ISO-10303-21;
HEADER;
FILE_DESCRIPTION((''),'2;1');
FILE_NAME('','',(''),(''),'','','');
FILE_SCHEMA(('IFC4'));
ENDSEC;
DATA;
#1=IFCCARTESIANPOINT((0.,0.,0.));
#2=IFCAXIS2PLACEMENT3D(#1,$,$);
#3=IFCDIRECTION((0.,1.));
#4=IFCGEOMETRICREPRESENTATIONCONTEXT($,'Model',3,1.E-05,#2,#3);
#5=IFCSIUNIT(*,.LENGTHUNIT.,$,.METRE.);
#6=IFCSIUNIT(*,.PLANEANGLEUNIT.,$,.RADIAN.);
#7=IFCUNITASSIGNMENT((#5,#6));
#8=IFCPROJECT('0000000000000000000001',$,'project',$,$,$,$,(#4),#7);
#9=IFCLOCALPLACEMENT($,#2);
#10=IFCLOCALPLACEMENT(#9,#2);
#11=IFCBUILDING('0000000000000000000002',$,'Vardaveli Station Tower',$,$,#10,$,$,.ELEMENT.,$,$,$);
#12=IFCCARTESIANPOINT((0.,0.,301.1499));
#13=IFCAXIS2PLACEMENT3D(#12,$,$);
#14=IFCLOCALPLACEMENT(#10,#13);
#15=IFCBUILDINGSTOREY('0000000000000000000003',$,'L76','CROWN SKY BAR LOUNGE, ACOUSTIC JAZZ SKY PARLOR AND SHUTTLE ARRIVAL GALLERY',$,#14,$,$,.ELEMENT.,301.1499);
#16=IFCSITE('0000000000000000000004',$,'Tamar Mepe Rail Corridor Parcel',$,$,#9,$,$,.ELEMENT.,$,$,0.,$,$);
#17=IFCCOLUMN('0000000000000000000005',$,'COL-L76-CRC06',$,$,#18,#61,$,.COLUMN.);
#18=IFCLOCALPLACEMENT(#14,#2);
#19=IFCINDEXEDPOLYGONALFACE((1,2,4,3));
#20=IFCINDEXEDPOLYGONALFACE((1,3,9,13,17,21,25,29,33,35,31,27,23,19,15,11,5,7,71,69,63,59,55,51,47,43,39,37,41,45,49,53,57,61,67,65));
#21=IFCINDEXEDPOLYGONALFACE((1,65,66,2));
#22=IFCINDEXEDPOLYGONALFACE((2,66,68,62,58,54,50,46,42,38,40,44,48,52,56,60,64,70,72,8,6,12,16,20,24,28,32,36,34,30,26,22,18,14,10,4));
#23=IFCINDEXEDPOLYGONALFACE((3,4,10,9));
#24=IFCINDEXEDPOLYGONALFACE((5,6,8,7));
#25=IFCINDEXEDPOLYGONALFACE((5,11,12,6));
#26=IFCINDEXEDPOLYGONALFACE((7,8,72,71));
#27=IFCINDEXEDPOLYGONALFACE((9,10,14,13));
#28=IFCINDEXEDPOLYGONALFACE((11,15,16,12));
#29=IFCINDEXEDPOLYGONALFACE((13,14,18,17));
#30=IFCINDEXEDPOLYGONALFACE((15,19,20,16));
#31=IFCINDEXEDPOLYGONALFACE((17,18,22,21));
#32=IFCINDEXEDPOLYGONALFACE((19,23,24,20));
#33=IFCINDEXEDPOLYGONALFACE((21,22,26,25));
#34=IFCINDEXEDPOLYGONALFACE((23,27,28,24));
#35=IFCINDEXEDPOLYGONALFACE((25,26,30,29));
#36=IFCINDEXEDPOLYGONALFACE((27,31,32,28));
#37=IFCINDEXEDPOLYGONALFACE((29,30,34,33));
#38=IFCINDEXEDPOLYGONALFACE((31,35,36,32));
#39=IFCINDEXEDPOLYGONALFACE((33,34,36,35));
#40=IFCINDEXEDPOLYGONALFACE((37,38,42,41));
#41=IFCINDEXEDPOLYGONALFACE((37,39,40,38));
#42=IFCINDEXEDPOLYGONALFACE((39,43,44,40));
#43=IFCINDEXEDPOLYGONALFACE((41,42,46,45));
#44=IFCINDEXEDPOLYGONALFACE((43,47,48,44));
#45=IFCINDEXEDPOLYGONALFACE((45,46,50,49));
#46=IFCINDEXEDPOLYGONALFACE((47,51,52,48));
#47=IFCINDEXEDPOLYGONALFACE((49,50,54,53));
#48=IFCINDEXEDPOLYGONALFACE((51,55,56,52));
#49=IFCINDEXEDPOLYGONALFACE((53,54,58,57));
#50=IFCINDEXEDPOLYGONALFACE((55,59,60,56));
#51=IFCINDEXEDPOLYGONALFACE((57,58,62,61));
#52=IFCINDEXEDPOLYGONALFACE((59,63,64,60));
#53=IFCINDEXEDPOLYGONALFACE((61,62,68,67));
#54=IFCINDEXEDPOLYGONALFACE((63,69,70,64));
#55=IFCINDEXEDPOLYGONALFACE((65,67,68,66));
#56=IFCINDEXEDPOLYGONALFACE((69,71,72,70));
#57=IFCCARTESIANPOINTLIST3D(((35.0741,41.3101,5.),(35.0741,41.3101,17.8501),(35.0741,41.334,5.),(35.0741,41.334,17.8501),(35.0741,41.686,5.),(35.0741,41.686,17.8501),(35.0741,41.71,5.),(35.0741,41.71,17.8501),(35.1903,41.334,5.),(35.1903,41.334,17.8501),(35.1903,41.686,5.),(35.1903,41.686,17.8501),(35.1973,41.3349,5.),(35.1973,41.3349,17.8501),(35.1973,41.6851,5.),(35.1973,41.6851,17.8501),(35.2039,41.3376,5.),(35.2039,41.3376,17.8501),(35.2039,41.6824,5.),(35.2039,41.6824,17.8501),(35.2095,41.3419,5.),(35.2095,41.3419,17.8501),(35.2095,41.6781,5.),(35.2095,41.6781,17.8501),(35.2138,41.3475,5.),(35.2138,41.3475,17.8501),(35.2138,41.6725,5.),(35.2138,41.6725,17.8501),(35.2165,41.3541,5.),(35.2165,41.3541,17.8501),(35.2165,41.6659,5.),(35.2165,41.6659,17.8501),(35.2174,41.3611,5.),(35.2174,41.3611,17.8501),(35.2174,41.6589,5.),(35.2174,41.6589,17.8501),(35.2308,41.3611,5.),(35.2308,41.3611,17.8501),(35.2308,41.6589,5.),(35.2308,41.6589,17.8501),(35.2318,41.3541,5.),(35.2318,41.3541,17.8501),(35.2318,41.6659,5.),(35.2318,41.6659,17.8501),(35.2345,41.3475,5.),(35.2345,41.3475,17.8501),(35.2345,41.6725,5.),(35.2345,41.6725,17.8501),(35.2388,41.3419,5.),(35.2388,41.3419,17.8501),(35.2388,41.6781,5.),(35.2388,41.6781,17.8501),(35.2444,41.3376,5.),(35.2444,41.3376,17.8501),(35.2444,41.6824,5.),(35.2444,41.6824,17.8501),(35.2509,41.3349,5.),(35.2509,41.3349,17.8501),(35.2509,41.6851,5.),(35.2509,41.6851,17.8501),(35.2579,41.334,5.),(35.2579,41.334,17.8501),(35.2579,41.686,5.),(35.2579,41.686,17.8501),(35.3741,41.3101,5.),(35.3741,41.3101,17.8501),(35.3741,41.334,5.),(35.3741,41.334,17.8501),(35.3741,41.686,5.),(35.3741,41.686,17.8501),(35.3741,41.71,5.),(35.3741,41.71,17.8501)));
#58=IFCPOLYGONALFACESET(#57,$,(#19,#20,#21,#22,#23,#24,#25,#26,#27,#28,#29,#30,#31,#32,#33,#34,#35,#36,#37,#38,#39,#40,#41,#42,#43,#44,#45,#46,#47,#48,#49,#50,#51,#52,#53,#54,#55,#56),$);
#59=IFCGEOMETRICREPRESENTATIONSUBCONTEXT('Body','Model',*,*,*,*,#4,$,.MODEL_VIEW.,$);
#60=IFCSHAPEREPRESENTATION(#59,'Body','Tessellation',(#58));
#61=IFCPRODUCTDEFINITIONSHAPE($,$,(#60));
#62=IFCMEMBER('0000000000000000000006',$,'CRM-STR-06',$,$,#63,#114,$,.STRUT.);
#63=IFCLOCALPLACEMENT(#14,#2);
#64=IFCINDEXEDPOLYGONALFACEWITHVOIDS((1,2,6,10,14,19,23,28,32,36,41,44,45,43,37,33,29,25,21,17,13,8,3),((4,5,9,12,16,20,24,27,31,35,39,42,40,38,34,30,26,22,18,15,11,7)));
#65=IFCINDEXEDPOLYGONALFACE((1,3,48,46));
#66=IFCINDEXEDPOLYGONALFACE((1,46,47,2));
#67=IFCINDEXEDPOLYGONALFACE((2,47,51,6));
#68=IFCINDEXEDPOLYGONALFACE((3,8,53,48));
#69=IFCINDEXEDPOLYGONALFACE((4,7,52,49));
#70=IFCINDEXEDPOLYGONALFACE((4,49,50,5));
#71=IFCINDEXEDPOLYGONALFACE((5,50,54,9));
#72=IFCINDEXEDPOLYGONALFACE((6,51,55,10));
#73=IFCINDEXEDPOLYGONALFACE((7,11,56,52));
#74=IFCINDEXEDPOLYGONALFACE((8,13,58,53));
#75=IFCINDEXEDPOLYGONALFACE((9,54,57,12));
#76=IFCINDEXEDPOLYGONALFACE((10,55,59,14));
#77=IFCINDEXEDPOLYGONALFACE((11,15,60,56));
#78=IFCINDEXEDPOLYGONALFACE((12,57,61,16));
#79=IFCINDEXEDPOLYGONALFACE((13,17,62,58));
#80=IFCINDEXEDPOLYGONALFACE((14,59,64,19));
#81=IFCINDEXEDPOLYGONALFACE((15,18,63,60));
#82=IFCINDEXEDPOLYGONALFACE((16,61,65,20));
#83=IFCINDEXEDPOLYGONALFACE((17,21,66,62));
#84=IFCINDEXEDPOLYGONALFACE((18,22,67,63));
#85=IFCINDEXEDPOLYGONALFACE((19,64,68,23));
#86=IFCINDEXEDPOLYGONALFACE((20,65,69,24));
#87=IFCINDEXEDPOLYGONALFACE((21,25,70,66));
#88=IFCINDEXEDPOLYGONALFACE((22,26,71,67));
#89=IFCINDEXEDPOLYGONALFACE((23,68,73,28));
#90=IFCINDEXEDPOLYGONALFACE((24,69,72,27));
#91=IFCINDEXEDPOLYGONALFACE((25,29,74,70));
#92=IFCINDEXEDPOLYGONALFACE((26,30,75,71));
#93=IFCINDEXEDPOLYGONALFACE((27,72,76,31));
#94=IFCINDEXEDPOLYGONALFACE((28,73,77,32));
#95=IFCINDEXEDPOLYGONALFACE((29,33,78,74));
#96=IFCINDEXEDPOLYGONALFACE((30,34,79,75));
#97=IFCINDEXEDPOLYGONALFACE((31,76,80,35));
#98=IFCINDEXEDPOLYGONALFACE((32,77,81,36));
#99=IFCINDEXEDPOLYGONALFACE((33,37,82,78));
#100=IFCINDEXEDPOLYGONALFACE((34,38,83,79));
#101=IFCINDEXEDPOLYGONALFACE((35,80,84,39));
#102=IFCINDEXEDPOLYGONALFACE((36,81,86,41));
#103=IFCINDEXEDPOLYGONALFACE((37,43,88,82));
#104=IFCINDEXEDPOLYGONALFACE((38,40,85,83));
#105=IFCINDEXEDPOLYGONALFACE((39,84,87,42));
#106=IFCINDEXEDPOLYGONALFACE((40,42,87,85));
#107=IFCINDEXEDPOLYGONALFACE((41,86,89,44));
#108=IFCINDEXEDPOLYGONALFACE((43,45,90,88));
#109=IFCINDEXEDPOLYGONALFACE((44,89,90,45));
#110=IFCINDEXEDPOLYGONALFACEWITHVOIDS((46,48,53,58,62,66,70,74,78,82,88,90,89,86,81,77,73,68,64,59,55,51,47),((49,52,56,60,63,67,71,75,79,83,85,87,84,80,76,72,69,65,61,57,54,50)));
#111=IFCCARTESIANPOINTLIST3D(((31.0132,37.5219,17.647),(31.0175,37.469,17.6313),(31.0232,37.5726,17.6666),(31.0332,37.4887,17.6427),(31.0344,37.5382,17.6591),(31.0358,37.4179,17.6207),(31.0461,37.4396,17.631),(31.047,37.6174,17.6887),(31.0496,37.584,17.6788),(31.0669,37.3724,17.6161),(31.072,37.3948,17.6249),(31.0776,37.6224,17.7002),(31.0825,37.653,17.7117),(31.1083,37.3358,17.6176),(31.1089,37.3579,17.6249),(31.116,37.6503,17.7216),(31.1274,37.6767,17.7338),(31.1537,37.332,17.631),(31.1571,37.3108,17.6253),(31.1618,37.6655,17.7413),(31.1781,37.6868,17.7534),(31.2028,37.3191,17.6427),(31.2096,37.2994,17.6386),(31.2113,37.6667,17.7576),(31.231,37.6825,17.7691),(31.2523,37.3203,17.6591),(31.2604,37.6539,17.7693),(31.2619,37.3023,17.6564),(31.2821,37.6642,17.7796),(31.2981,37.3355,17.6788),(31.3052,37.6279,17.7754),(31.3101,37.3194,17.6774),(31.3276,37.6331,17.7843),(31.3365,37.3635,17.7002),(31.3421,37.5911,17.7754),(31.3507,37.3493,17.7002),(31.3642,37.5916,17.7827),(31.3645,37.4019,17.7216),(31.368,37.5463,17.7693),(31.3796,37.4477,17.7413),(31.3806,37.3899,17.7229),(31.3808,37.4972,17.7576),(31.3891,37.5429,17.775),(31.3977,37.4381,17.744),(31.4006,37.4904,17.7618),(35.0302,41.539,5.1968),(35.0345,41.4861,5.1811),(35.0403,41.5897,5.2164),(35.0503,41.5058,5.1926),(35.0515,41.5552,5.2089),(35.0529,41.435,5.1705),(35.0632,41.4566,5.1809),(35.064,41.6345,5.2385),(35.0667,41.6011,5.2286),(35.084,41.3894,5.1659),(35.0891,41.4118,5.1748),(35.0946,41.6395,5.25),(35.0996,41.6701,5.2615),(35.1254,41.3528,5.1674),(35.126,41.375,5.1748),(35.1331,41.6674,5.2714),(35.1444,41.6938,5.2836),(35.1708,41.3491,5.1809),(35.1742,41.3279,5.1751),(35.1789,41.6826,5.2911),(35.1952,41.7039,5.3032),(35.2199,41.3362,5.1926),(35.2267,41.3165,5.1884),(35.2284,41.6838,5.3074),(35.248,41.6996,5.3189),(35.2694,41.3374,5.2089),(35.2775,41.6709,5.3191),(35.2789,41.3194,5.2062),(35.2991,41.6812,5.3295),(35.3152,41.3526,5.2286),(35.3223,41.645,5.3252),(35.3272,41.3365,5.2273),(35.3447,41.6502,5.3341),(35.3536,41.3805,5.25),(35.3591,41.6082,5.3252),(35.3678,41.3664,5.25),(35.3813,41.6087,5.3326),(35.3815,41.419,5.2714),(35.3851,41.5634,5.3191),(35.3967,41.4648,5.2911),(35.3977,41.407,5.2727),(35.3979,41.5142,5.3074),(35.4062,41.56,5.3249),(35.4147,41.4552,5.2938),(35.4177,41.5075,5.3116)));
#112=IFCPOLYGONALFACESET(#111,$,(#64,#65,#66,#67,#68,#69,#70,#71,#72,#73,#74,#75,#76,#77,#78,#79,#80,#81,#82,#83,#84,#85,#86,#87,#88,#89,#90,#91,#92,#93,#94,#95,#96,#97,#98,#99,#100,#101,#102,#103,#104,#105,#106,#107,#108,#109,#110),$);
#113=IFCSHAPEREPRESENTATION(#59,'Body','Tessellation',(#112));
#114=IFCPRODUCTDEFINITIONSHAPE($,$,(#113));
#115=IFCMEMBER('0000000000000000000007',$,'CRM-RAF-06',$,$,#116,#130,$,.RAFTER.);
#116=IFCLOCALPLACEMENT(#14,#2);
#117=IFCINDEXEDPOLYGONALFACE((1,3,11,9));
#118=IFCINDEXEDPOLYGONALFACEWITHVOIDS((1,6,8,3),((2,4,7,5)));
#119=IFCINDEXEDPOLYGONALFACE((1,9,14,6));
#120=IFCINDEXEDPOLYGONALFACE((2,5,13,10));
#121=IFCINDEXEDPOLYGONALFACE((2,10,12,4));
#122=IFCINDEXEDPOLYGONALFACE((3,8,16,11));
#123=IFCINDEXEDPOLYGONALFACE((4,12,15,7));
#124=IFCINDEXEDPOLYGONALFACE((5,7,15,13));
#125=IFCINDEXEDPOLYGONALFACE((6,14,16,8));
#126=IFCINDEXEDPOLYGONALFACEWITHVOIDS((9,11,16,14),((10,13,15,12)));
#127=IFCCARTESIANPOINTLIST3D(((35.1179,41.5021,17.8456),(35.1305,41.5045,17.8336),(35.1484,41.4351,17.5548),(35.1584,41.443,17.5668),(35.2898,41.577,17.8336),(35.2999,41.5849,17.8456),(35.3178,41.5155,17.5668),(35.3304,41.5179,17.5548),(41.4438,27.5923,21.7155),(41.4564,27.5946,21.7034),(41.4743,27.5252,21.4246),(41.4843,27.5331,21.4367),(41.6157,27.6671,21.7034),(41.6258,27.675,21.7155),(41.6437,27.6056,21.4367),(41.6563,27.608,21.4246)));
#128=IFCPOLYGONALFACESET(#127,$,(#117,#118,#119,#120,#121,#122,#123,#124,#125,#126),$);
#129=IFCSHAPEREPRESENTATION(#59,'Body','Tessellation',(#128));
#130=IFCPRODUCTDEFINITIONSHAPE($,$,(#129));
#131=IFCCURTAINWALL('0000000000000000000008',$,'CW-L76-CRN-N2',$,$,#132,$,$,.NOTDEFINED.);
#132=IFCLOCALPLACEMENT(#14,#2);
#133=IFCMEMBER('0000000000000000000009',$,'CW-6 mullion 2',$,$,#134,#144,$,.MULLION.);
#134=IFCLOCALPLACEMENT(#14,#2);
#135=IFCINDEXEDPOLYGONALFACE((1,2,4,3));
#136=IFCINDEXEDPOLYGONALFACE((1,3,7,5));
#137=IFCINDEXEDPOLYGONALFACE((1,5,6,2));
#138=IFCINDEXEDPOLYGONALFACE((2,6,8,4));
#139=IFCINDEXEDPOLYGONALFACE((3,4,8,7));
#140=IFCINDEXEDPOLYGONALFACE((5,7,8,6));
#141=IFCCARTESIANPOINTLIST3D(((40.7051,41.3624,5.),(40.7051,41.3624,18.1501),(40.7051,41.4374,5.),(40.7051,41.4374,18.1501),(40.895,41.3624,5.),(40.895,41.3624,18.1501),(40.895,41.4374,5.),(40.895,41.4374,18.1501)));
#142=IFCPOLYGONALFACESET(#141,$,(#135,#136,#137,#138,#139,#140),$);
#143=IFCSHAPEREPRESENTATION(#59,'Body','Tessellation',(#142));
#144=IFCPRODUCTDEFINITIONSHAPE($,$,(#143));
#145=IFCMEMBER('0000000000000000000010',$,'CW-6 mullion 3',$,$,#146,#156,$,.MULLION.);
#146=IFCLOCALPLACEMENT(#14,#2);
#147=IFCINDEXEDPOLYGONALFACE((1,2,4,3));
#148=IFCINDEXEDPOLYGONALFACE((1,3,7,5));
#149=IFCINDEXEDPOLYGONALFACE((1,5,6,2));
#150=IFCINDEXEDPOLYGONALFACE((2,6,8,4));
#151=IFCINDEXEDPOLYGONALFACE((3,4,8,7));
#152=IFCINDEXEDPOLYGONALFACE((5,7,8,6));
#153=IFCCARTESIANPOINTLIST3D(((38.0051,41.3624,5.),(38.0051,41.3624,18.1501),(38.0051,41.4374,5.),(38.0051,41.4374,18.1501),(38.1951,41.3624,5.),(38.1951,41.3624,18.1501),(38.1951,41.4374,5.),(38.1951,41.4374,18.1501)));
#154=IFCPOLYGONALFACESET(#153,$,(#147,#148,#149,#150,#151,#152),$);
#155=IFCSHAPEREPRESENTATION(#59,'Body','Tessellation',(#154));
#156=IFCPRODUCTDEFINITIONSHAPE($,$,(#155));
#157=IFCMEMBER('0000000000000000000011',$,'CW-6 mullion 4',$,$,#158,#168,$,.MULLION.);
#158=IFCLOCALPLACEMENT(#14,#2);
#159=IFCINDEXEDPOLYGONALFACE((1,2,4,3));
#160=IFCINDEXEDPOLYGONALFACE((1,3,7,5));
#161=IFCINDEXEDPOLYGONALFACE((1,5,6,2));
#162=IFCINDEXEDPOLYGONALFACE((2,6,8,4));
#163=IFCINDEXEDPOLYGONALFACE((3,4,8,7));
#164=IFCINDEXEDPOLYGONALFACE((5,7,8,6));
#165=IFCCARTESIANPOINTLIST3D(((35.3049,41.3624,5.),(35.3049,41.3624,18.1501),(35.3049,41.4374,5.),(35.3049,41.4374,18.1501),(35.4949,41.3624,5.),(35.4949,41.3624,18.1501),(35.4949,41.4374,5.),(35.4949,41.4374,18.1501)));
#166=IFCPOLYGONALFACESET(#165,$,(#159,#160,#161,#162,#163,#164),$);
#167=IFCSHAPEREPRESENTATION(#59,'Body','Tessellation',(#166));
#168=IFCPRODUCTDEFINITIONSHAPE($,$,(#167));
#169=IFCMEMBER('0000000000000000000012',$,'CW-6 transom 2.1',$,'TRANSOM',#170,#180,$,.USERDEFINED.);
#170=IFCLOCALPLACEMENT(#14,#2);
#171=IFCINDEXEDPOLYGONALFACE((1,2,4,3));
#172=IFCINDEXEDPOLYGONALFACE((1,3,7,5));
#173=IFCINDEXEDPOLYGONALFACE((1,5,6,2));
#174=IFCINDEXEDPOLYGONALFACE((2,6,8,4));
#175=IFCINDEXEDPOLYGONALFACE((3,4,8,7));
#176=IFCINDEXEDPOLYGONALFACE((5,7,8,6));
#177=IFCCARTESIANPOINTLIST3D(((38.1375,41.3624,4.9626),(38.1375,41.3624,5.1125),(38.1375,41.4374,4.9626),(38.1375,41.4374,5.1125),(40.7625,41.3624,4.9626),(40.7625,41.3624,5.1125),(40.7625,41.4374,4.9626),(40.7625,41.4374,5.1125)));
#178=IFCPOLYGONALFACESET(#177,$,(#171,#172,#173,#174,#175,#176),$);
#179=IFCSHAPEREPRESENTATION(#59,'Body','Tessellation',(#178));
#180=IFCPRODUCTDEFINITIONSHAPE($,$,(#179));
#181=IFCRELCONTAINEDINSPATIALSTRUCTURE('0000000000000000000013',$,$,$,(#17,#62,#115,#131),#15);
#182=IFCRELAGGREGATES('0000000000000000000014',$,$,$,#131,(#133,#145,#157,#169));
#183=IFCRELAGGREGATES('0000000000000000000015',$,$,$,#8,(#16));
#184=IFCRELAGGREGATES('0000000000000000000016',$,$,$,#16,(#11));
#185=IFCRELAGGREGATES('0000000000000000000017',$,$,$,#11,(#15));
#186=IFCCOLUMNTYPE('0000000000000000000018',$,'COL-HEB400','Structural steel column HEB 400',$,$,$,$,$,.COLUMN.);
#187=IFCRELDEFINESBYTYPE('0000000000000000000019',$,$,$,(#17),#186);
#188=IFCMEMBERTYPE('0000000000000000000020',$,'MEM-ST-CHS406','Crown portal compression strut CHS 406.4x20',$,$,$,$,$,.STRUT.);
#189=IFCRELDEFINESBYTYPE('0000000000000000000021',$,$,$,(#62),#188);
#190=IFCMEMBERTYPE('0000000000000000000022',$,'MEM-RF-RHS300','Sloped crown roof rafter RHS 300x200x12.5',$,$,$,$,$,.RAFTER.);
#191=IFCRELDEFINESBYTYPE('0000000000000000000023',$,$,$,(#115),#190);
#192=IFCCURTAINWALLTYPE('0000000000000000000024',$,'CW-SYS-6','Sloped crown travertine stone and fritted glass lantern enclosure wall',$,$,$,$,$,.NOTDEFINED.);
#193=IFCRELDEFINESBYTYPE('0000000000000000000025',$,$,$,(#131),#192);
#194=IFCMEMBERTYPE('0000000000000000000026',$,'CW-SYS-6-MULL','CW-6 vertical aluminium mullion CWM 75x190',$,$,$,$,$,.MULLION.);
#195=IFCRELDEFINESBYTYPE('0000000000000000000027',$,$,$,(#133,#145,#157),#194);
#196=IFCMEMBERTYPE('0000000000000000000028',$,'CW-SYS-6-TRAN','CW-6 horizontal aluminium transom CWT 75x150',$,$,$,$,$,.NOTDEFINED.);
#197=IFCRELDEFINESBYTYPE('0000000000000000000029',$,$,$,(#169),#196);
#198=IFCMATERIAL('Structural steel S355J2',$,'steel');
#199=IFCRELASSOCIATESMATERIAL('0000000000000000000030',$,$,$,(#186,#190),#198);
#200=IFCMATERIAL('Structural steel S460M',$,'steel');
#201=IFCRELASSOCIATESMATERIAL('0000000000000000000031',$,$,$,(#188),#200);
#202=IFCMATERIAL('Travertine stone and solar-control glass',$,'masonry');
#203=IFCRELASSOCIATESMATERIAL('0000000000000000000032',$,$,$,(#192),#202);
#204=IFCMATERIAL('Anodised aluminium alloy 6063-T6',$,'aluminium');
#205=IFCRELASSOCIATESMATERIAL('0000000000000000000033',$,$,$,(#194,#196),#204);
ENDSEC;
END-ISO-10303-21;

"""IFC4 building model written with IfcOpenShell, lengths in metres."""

from ifc_helpers import new_model, si_unit, direction, frame, origin, origin_2d, place, context, subcontext, project, spatial, rectangle, hollow_rectangle, hollow_circle, i_section, extrude, source, transform, mapped, material, material_profile, profile_set, type_object, element, aggregate, save


model = new_model("IFC4")

# Units and contexts
model_context = context("Model", 3, precision=1e-05, world=origin(), true_north=direction((0.0, 1.0)))
body_context = subcontext(model_context, "Body", "Model", "MODEL_VIEW")
ifc_project = project(units=[si_unit("LENGTHUNIT", "METRE"), si_unit("PLANEANGLEUNIT", "RADIAN")], contexts=[model_context])

# Site, building, storey
site_placement = place(None, origin())
site = spatial("IfcSite", under=ifc_project, at=site_placement, Name="Tamar Mepe Rail Corridor Parcel", CompositionType="ELEMENT", RefElevation=0.0)
building_placement = place(site_placement, origin())
building = spatial("IfcBuilding", under=site, at=building_placement, Name="Vardaveli Station Tower", CompositionType="ELEMENT")
storey_placement = place(building_placement, frame((0.0, 0.0, 301.1499)))
storey = spatial("IfcBuildingStorey", under=building, at=storey_placement, Name="L76", Description="CROWN SKY BAR LOUNGE, ACOUSTIC JAZZ SKY PARLOR AND SHUTTLE ARRIVAL GALLERY", CompositionType="ELEMENT", Elevation=301.1499)

# Column
ifc_material_1 = material(Name="Structural steel S355J2", Category="steel")
ifc_material_profile_1 = material_profile(ifc_material_1, i_section(OverallWidth=0.3, OverallDepth=0.3999, WebThickness=0.0134, FlangeThickness=0.0239, FilletRadius=0.0271, at=origin_2d()), Name="HEB 400")
ifc_profile_set_1 = profile_set([ifc_material_profile_1], Name="Structural steel S355J2")
column_type = type_object("IfcColumnType", Name="COL-HEB400", Description="Structural steel column HEB 400", PredefinedType="COLUMN", material=ifc_profile_set_1)
shared_shape_1 = source(origin(), body_context, "Body", "SweptSolid", [
    extrude(i_section(OverallWidth=0.3, OverallDepth=0.3999, WebThickness=0.0134, FlangeThickness=0.0239, FilletRadius=0.0271, at=origin_2d()), origin(), (0.0, 0.0, 1.0), 12.8501),
])
column_placement = place(storey_placement, frame((35.2241, 41.51, 5.0), z_axis=(0.0, 0.0, 1.0), x_axis=(1.0, 0.0, 0.0)))
element("IfcColumn", 1, at=column_placement, inside=storey, type_object=column_type, Name="COL-L76-CRC06", PredefinedType="COLUMN", context=body_context, shape_type="MappedRepresentation", body=[
    mapped(shared_shape_1, transform((0.0, 0.0, 0.0), scale=1.0)),
])

# Members
ifc_material_2 = material(Name="Structural steel S460M", Category="steel")
ifc_material_profile_2 = material_profile(ifc_material_2, hollow_circle(Radius=0.2031, WallThickness=0.02, at=origin_2d()), Name="CHS 406.4x20")
ifc_profile_set_2 = profile_set([ifc_material_profile_2], Name="Structural steel S460M")
member_type_1 = type_object("IfcMemberType", Name="MEM-ST-CHS406", Description="Crown portal compression strut CHS 406.4x20", PredefinedType="STRUT", material=ifc_profile_set_2)
shared_shape_2 = source(origin(), body_context, "Body", "SweptSolid", [
    extrude(hollow_circle(Radius=0.2031, WallThickness=0.02, at=origin_2d()), origin(), (0.0, 0.0, 1.0), 13.6851),
])
member_1_placement = place(storey_placement, frame((35.2241, 41.51, 5.25), z_axis=(-0.293538, -0.293538, 0.909764), x_axis=(0.707107, -0.707107, 0.0)))
element("IfcMember", 2, at=member_1_placement, inside=storey, type_object=member_type_1, Name="CRM-STR-06", PredefinedType="STRUT", context=body_context, shape_type="MappedRepresentation", body=[
    mapped(shared_shape_2, transform((0.0, 0.0, 0.0), scale=1.0)),
])
ifc_material_profile_3 = material_profile(ifc_material_1, hollow_rectangle(XDim=0.2, YDim=0.3, WallThickness=0.0125, at=origin_2d()), Name="RHS 300x200x12.5")
ifc_profile_set_3 = profile_set([ifc_material_profile_3], Name="Structural steel S355J2")
member_type_2 = type_object("IfcMemberType", Name="MEM-RF-RHS300", Description="Sloped crown roof rafter RHS 300x200x12.5", PredefinedType="RAFTER", material=ifc_profile_set_3)
shared_shape_3 = source(origin(), body_context, "Body", "SweptSolid", [
    extrude(hollow_rectangle(XDim=0.2, YDim=0.3, WallThickness=0.0125, at=origin_2d()), origin(), (0.0, 0.0, 1.0), 15.7632),
])
member_2_placement = place(storey_placement, frame((35.2241, 41.51, 17.7002), z_axis=(0.401309, -0.882429, 0.2455), x_axis=(0.910287, 0.413979, 0.0)))
element("IfcMember", 3, at=member_2_placement, inside=storey, type_object=member_type_2, Name="CRM-RAF-06", PredefinedType="RAFTER", context=body_context, shape_type="MappedRepresentation", body=[
    mapped(shared_shape_3, transform((0.0, 0.0, 0.0), scale=1.0)),
])

# Curtain wall, members
ifc_material_3 = material(Name="Travertine stone and solar-control glass", Category="masonry")
curtain_wall_type = type_object("IfcCurtainWallType", Name="CW-SYS-6", Description="Sloped crown travertine stone and fritted glass lantern enclosure wall", PredefinedType="NOTDEFINED", material=ifc_material_3)
curtain_wall_placement = place(storey_placement, origin())
curtain_wall = element("IfcCurtainWall", 4, at=curtain_wall_placement, inside=storey, type_object=curtain_wall_type, Name="CW-L76-CRN-N2", PredefinedType="NOTDEFINED")
ifc_material_4 = material(Name="Anodised aluminium alloy 6063-T6", Category="aluminium")
ifc_material_profile_4 = material_profile(ifc_material_4, rectangle(XDim=0.075, YDim=0.1899, at=origin_2d()), Name="CWM 75x190")
ifc_profile_set_4 = profile_set([ifc_material_profile_4], Name="Anodised aluminium alloy 6063-T6")
member_type_3 = type_object("IfcMemberType", Name="CW-SYS-6-MULL", Description="CW-6 vertical aluminium mullion CWM 75x190", PredefinedType="MULLION", material=ifc_profile_set_4)
shared_shape_4 = source(origin(), body_context, "Body", "SweptSolid", [
    extrude(rectangle(XDim=0.075, YDim=0.1899, at=origin_2d()), origin(), (0.0, 0.0, 1.0), 13.1501),
])
member_3_placement = place(storey_placement, frame((40.8, 41.3999, 5.0), z_axis=(0.0, 0.0, 1.0), x_axis=(0.0, -1.0, 0.0)))
member_3 = element("IfcMember", 5, at=member_3_placement, type_object=member_type_3, Name="CW-6 mullion 2", PredefinedType="MULLION", context=body_context, shape_type="MappedRepresentation", body=[
    mapped(shared_shape_4, transform((0.0, 0.0, 0.0), scale=1.0)),
])
member_4_placement = place(storey_placement, frame((38.1001, 41.3999, 5.0), z_axis=(0.0, 0.0, 1.0), x_axis=(0.0, -1.0, 0.0)))
member_4 = element("IfcMember", 6, at=member_4_placement, type_object=member_type_3, Name="CW-6 mullion 3", PredefinedType="MULLION", context=body_context, shape_type="MappedRepresentation", body=[
    mapped(shared_shape_4, transform((0.0, 0.0, 0.0), scale=1.0)),
])
member_5_placement = place(storey_placement, frame((35.3999, 41.3999, 5.0), z_axis=(0.0, 0.0, 1.0), x_axis=(0.0, -1.0, 0.0)))
member_5 = element("IfcMember", 7, at=member_5_placement, type_object=member_type_3, Name="CW-6 mullion 4", PredefinedType="MULLION", context=body_context, shape_type="MappedRepresentation", body=[
    mapped(shared_shape_4, transform((0.0, 0.0, 0.0), scale=1.0)),
])
ifc_material_profile_5 = material_profile(ifc_material_4, rectangle(XDim=0.075, YDim=0.1499, at=origin_2d()), Name="CWT 75x150")
ifc_profile_set_5 = profile_set([ifc_material_profile_5], Name="Anodised aluminium alloy 6063-T6")
member_type_4 = type_object("IfcMemberType", Name="CW-SYS-6-TRAN", Description="CW-6 horizontal aluminium transom CWT 75x150", PredefinedType="NOTDEFINED", material=ifc_profile_set_5)
shared_shape_5 = source(origin(), body_context, "Body", "SweptSolid", [
    extrude(rectangle(XDim=0.075, YDim=0.1499, at=origin_2d()), origin(), (0.0, 0.0, 1.0), 2.625),
])
member_6_placement = place(storey_placement, frame((40.7625, 41.3999, 5.0376), z_axis=(-1.0, 0.0, 0.0), x_axis=(0.0, -1.0, 0.0)))
member_6 = element("IfcMember", 8, at=member_6_placement, type_object=member_type_4, Name="CW-6 transom 2.1", ObjectType="TRANSOM", PredefinedType="USERDEFINED", context=body_context, shape_type="MappedRepresentation", body=[
    mapped(shared_shape_5, transform((0.0, 0.0, 0.0), scale=1.0)),
])

aggregate(curtain_wall, [member_3, member_4, member_5, member_6])

save(model, "model.ifc")
